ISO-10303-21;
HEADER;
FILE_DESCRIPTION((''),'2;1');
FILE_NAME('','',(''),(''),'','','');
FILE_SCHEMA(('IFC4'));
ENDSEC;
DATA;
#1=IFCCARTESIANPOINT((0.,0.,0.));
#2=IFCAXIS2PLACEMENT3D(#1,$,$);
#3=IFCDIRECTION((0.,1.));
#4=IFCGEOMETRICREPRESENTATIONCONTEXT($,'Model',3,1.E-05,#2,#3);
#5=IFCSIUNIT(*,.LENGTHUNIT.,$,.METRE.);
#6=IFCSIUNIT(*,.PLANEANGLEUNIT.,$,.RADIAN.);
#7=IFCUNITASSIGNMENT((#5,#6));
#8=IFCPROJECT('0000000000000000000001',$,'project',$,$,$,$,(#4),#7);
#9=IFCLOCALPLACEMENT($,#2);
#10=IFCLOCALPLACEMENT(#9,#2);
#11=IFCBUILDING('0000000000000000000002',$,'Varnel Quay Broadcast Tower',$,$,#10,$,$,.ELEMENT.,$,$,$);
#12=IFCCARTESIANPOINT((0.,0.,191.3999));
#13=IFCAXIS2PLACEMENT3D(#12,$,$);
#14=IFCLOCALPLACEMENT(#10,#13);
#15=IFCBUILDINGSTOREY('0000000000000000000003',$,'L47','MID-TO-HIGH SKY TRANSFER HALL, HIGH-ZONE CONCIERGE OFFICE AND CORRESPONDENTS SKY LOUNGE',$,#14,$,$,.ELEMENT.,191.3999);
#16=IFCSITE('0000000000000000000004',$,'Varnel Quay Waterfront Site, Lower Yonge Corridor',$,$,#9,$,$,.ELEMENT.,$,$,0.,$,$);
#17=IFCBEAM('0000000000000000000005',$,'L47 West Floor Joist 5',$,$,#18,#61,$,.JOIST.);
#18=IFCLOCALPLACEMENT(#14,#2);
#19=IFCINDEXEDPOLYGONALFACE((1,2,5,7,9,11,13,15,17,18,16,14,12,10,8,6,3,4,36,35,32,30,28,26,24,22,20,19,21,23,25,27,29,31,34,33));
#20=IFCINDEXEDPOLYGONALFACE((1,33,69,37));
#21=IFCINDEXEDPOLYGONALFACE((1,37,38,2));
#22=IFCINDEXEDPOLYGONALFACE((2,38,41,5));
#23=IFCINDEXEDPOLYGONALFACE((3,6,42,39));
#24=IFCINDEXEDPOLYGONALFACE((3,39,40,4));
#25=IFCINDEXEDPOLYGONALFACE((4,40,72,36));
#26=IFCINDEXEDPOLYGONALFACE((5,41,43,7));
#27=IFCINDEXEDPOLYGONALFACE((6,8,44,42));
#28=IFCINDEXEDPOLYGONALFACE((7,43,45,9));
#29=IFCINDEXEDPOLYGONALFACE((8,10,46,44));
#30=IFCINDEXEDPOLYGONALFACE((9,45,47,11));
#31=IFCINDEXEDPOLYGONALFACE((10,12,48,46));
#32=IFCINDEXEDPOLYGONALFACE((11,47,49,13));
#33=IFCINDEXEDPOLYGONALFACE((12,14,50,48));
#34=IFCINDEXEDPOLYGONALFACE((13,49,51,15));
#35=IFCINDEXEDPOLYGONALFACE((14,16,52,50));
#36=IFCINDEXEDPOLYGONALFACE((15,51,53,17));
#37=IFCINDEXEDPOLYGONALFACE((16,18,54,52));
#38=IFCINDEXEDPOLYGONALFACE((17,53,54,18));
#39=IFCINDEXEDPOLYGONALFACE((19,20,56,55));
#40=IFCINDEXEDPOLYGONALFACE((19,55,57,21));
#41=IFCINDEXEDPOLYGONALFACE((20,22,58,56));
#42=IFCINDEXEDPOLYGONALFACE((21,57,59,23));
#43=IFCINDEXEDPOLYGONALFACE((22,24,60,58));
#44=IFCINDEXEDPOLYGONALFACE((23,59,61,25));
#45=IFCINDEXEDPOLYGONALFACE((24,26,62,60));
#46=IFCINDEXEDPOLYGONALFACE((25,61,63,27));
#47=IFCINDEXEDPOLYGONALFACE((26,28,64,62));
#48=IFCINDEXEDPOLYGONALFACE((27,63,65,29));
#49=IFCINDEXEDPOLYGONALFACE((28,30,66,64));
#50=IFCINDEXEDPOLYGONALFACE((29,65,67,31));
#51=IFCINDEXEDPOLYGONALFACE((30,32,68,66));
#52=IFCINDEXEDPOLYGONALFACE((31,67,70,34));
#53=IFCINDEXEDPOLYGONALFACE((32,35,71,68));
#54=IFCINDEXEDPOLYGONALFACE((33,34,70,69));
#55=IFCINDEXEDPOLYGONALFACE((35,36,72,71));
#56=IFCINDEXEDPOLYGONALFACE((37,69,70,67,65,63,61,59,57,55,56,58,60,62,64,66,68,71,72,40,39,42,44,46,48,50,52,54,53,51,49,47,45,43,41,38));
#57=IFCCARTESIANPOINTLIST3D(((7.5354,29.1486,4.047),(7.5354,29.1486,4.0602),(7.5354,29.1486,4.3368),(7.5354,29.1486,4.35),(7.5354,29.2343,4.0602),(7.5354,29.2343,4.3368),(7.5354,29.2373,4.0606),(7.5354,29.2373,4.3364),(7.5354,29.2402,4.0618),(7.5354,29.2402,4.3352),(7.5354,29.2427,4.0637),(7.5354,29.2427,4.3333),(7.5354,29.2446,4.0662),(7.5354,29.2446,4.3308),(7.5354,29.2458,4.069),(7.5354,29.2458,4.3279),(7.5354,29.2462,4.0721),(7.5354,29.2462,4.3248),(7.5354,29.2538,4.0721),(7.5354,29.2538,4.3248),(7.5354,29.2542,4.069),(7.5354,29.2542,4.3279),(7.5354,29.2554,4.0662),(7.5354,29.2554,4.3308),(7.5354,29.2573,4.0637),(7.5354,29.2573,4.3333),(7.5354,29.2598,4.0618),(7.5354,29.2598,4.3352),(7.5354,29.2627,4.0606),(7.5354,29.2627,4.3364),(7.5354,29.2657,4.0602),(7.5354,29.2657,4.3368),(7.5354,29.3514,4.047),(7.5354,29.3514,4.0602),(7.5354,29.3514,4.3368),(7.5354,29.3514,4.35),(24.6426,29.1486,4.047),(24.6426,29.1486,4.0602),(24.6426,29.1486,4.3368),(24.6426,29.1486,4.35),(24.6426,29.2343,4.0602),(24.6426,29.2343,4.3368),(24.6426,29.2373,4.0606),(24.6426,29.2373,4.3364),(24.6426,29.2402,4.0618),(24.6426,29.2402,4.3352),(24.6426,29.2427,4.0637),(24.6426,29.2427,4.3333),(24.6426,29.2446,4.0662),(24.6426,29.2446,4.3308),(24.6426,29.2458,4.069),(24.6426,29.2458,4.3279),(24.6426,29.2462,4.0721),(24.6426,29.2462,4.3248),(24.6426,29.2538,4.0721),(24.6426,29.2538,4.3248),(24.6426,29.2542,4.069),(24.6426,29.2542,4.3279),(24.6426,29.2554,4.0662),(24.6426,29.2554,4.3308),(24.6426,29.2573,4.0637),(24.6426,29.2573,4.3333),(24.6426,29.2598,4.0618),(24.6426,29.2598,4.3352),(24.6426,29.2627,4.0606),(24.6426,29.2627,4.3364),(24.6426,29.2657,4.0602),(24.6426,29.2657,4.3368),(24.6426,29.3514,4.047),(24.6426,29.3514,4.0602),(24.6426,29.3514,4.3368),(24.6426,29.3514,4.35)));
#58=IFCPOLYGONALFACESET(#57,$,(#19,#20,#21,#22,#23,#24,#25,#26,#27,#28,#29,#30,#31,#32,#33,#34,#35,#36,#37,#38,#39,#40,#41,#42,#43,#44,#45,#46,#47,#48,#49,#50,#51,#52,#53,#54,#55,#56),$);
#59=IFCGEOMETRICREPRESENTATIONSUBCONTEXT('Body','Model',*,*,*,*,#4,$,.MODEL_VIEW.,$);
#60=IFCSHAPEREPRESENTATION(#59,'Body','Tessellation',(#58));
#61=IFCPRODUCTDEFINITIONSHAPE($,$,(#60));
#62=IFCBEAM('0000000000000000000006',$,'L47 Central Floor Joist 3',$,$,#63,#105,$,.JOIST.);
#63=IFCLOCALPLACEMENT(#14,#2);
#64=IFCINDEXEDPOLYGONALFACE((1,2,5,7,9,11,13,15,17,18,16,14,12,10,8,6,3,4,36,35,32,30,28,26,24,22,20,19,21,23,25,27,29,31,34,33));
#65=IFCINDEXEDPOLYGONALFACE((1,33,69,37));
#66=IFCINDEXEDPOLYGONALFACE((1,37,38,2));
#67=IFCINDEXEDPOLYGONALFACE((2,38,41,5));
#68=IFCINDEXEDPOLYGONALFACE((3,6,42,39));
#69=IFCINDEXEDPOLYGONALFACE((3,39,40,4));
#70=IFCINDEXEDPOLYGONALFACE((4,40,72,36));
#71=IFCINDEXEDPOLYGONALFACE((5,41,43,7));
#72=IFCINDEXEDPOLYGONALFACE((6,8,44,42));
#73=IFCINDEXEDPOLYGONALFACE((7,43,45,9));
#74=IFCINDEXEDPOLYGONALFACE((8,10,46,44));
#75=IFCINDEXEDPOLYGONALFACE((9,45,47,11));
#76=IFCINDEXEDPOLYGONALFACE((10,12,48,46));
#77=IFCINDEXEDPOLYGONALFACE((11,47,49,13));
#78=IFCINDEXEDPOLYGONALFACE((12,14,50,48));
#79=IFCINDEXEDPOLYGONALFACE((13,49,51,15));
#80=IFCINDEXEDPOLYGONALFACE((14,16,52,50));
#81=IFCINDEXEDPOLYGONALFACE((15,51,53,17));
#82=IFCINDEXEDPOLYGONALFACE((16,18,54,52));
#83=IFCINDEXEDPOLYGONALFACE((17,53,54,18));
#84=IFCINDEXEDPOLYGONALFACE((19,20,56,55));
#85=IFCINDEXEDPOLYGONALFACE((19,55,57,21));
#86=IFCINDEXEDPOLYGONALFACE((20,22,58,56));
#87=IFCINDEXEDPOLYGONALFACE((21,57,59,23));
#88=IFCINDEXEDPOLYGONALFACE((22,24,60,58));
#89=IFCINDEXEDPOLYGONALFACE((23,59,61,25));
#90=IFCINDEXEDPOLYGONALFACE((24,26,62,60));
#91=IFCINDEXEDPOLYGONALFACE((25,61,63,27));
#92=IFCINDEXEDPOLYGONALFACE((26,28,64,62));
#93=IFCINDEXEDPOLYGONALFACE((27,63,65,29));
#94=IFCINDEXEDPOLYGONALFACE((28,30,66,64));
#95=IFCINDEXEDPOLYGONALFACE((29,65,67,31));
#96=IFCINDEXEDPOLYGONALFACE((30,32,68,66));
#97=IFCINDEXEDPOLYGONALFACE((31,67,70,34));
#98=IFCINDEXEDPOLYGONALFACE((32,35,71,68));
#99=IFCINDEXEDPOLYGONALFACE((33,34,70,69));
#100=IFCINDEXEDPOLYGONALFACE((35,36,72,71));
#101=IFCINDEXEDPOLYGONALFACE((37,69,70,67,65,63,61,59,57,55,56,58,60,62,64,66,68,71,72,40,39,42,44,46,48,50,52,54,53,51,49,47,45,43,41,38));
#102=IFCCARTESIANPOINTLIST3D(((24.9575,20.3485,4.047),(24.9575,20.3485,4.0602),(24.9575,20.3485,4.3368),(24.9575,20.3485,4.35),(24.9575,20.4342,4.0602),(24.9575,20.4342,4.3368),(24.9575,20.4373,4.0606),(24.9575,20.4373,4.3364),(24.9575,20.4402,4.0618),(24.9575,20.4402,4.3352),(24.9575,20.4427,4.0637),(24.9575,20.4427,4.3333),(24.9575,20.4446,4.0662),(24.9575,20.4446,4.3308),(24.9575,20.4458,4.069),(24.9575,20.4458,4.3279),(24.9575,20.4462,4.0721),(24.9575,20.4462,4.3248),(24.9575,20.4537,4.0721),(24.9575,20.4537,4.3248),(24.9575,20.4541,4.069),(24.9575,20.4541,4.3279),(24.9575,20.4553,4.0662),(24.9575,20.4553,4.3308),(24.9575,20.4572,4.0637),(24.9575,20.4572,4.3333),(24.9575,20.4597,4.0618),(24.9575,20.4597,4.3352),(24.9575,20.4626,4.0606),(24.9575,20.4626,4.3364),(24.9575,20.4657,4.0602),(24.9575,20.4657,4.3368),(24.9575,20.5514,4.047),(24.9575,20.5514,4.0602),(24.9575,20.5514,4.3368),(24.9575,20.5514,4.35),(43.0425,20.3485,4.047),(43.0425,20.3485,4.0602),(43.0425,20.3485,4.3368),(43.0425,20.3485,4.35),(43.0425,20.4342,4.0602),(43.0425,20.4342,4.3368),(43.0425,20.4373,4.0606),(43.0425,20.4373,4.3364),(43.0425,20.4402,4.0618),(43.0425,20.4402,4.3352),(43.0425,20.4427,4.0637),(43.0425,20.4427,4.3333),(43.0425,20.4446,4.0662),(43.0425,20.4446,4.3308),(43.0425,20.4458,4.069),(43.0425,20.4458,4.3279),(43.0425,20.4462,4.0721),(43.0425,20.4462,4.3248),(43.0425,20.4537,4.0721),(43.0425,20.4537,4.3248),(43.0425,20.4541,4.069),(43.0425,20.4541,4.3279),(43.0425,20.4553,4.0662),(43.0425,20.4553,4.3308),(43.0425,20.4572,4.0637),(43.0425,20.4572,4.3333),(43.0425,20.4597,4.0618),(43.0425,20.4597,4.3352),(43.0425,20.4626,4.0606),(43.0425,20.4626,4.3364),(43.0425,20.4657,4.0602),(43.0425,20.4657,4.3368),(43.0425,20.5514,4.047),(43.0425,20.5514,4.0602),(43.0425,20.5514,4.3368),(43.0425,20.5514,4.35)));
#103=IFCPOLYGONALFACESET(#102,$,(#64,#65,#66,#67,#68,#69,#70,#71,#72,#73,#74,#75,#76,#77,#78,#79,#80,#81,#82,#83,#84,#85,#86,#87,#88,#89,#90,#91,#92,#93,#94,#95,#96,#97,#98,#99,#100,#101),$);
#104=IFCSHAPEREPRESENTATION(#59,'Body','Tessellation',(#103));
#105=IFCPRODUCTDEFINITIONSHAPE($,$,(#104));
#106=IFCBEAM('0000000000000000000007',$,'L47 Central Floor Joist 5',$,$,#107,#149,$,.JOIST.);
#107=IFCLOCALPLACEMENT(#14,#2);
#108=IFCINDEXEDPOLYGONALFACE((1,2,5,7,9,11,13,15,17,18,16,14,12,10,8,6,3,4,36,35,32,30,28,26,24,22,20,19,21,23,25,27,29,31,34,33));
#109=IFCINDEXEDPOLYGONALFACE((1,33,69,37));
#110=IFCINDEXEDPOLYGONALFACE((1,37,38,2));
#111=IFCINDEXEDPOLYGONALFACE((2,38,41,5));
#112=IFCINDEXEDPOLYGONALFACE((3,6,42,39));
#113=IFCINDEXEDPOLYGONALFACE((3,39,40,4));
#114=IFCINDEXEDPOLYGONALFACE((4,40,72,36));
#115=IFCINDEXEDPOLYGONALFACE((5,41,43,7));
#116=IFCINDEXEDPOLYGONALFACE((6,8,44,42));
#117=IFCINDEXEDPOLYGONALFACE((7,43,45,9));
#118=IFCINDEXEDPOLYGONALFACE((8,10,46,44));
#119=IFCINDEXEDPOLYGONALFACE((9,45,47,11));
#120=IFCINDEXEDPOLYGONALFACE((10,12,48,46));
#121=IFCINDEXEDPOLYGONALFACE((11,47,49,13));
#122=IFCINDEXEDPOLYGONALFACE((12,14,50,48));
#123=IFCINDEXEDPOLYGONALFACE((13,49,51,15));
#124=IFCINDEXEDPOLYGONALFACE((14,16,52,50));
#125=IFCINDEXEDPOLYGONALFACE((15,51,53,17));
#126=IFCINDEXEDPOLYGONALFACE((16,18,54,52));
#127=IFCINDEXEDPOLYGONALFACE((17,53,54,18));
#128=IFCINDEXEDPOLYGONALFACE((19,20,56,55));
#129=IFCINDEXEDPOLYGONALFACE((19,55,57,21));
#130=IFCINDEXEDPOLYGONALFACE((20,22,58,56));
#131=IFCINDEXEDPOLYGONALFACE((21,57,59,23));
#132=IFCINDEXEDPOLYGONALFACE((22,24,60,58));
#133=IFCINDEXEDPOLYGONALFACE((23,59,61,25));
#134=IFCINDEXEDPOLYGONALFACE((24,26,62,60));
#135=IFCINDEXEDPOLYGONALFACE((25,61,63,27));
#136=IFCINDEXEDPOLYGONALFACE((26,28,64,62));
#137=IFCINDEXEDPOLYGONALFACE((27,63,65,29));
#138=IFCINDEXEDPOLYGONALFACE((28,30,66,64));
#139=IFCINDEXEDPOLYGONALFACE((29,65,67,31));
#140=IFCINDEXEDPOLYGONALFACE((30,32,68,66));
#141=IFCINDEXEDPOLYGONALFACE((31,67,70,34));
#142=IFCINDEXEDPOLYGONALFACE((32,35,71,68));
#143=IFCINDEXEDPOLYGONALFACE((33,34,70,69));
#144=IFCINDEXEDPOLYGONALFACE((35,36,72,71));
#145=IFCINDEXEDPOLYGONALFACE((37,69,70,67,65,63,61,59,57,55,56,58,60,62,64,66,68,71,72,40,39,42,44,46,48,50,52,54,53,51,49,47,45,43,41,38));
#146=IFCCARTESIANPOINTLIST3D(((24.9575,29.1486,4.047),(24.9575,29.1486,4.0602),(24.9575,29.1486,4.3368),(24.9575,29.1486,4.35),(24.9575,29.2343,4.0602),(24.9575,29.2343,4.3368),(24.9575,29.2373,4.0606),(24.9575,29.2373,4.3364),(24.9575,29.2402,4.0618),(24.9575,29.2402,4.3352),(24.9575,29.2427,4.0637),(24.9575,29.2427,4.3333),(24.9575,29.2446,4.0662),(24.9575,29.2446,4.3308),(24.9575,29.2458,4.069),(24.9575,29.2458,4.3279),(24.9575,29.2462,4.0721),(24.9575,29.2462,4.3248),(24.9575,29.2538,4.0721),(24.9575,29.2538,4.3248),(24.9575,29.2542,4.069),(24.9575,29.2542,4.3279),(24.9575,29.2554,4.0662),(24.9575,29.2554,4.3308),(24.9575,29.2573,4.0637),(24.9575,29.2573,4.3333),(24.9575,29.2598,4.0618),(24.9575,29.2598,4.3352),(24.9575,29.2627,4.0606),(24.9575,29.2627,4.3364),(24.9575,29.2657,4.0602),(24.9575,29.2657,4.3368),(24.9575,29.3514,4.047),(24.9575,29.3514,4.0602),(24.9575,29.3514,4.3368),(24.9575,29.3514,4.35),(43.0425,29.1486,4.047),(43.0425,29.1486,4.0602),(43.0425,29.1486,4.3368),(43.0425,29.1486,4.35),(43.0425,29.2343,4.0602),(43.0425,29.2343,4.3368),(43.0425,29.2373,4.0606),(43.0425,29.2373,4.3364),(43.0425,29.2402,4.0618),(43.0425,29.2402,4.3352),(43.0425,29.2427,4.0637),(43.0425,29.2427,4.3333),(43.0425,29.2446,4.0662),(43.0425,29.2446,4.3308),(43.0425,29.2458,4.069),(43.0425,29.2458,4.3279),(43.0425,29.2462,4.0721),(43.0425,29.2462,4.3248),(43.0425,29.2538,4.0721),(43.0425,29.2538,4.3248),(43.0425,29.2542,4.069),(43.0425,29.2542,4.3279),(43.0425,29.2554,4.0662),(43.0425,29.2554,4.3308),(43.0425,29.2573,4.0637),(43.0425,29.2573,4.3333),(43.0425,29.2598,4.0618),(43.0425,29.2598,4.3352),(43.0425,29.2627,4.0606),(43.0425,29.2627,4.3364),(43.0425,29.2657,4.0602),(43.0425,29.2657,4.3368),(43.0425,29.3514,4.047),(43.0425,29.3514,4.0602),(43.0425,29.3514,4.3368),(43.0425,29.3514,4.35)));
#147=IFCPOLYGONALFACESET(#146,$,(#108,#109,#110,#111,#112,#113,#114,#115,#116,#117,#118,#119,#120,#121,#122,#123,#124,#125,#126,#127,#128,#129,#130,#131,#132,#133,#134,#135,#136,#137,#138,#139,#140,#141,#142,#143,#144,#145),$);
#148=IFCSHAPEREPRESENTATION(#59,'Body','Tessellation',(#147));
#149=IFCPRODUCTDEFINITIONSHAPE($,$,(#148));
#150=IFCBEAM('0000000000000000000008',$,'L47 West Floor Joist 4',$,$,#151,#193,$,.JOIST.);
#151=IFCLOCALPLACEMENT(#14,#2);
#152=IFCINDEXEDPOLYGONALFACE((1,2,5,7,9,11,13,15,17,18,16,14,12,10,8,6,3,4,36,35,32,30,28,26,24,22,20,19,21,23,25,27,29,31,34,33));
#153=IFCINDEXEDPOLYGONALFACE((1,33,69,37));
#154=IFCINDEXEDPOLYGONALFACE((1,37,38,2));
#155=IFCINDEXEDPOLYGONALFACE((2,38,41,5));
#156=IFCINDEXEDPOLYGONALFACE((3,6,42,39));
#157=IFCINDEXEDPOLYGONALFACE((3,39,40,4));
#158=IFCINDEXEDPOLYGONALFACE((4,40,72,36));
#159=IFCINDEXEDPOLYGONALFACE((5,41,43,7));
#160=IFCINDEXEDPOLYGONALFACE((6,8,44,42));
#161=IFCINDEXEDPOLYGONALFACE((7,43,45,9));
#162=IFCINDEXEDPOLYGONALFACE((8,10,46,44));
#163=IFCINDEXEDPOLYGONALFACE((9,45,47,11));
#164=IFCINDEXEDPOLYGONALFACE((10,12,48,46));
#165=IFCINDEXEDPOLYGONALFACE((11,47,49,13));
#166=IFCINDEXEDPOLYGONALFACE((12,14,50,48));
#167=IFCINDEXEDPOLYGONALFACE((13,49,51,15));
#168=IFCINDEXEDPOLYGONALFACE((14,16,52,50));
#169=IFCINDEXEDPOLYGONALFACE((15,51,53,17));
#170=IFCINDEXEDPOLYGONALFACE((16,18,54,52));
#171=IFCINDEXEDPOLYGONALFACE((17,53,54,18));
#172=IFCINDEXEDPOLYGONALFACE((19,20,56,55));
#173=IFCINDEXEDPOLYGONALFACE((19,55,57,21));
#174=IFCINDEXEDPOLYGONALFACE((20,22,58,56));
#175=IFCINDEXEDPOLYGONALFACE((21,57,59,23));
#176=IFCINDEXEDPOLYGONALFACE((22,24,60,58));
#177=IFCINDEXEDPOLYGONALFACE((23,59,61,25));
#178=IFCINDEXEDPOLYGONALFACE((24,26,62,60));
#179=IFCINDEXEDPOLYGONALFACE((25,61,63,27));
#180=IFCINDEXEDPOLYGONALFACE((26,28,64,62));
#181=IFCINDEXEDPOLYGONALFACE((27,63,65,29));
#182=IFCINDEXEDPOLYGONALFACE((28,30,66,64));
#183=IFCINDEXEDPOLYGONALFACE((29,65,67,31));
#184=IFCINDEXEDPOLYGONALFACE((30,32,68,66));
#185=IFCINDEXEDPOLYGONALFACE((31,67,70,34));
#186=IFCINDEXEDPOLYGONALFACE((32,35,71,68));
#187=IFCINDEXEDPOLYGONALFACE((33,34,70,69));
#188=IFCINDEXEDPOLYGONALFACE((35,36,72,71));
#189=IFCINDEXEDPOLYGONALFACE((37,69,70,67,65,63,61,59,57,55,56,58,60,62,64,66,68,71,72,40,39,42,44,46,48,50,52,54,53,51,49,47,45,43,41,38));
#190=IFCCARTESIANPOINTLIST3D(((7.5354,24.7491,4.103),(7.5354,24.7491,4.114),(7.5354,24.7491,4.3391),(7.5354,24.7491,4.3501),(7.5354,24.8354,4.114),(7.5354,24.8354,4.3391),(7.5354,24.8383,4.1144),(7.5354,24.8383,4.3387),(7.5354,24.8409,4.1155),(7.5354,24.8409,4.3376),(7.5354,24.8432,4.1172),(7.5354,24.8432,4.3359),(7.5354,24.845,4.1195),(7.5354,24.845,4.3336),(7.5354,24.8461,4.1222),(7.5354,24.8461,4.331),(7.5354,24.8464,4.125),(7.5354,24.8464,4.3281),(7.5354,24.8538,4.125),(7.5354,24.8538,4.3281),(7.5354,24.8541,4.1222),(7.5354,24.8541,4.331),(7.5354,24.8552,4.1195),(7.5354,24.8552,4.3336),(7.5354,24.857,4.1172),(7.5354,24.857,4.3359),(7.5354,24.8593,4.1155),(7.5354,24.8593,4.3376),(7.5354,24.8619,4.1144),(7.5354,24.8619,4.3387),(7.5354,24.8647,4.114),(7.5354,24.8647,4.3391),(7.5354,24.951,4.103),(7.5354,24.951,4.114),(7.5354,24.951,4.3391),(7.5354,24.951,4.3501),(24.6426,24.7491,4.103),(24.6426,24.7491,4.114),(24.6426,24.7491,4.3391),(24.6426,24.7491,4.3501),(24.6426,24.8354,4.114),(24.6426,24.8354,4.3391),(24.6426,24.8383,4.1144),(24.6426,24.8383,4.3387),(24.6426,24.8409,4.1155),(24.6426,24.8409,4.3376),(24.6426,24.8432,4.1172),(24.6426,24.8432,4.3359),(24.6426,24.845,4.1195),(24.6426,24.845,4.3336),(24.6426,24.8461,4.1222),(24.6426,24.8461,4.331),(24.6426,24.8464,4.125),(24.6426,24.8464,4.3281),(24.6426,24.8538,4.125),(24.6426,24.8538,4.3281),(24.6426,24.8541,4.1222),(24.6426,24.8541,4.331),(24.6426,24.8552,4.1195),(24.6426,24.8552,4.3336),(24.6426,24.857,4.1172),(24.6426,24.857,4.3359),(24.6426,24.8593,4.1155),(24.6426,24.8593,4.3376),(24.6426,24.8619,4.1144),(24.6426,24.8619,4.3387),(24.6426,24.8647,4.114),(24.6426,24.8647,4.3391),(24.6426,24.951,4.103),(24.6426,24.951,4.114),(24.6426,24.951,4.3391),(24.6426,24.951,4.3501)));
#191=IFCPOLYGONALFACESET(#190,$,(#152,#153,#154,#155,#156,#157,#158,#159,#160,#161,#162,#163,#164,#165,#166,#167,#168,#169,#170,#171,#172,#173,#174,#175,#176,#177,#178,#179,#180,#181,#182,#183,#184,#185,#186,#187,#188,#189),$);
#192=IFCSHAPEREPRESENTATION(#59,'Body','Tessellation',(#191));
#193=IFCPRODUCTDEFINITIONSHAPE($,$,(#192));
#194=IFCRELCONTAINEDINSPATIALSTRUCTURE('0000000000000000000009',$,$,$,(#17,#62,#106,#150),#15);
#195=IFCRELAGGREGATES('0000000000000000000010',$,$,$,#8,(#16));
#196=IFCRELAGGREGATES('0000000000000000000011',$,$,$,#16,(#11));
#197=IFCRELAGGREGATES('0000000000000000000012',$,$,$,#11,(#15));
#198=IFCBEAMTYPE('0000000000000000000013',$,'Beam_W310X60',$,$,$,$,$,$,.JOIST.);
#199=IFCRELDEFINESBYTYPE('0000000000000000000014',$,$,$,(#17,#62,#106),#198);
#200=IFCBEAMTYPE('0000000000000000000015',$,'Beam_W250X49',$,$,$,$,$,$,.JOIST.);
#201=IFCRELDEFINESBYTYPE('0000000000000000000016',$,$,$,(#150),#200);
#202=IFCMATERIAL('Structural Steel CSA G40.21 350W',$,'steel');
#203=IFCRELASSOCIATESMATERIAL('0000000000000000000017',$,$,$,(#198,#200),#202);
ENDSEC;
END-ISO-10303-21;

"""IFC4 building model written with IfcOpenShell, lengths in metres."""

from ifc_helpers import new_model, si_unit, direction, frame, origin, origin_2d, place, context, subcontext, project, spatial, i_section, extrude, source, transform, mapped, material, material_profile, profile_set, type_object, element, save


model = new_model("IFC4")

# Units and contexts
model_context = context("Model", 3, precision=1e-05, world=origin(), true_north=direction((0.0, 1.0)))
body_context = subcontext(model_context, "Body", "Model", "MODEL_VIEW")
ifc_project = project(units=[si_unit("LENGTHUNIT", "METRE"), si_unit("PLANEANGLEUNIT", "RADIAN")], contexts=[model_context])

# Site, building, storey
site_placement = place(None, origin())
site = spatial("IfcSite", under=ifc_project, at=site_placement, Name="Varnel Quay Waterfront Site, Lower Yonge Corridor", CompositionType="ELEMENT", RefElevation=0.0)
building_placement = place(site_placement, origin())
building = spatial("IfcBuilding", under=site, at=building_placement, Name="Varnel Quay Broadcast Tower", CompositionType="ELEMENT")
storey_placement = place(building_placement, frame((0.0, 0.0, 191.3999)))
storey = spatial("IfcBuildingStorey", under=building, at=storey_placement, Name="L47", Description="MID-TO-HIGH SKY TRANSFER HALL, HIGH-ZONE CONCIERGE OFFICE AND CORRESPONDENTS SKY LOUNGE", CompositionType="ELEMENT", Elevation=191.3999)

# Shared definitions
ifc_material_1 = material(Name="Structural Steel CSA G40.21 350W", Category="steel")

# Beams
ifc_material_profile_1 = material_profile(ifc_material_1, i_section(OverallWidth=0.2029, OverallDepth=0.303, WebThickness=0.0076, FlangeThickness=0.0132, FilletRadius=0.012, at=origin_2d()), Name="W310X60")
ifc_profile_set_1 = profile_set([ifc_material_profile_1], Name="Structural Steel CSA G40.21 350W")
beam_type_1 = type_object("IfcBeamType", Name="Beam_W310X60", PredefinedType="JOIST", material=ifc_profile_set_1)
shared_shape_1 = source(origin(), body_context, "Body", "SweptSolid", [
    extrude(i_section(OverallWidth=0.2029, OverallDepth=0.303, WebThickness=0.0076, FlangeThickness=0.0132, FilletRadius=0.012, at=origin_2d()), origin(), (0.0, 0.0, 1.0), 17.1072),
])
for number, where, z_axis, x_axis, name in (
    (1, (7.5354, 29.25, 4.1985), (1.0, 0.0, 0.0), (0.0, 1.0, 0.0), "L47 West Floor Joist 5"),
):
    element("IfcBeam", number, at=place(storey_placement, frame(where, z_axis=z_axis, x_axis=x_axis)), inside=storey, type_object=beam_type_1, Name=name, PredefinedType="JOIST", context=body_context, shape_type="MappedRepresentation", body=[
        mapped(shared_shape_1, transform((0.0, 0.0, 0.0), x_axis=(1.0, 0.0, 0.0), y_axis=(0.0, 1.0, 0.0), z_axis=(0.0, 0.0, 1.0), scale=1.0)),
    ])
shared_shape_2 = source(origin(), body_context, "Body", "SweptSolid", [
    extrude(i_section(OverallWidth=0.2029, OverallDepth=0.303, WebThickness=0.0076, FlangeThickness=0.0132, FilletRadius=0.012, at=origin_2d()), origin(), (0.0, 0.0, 1.0), 18.085),
])
for number, where, z_axis, x_axis, name in (
    (2, (24.9575, 20.45, 4.1985), (1.0, 0.0, 0.0), (0.0, 1.0, 0.0), "L47 Central Floor Joist 3"),
    (3, (24.9575, 29.25, 4.1985), (1.0, 0.0, 0.0), (0.0, 1.0, 0.0), "L47 Central Floor Joist 5"),
):
    element("IfcBeam", number, at=place(storey_placement, frame(where, z_axis=z_axis, x_axis=x_axis)), inside=storey, type_object=beam_type_1, Name=name, PredefinedType="JOIST", context=body_context, shape_type="MappedRepresentation", body=[
        mapped(shared_shape_2, transform((0.0, 0.0, 0.0), x_axis=(1.0, 0.0, 0.0), y_axis=(0.0, 1.0, 0.0), z_axis=(0.0, 0.0, 1.0), scale=1.0)),
    ])
ifc_material_profile_2 = material_profile(ifc_material_1, i_section(OverallWidth=0.2019, OverallDepth=0.2471, WebThickness=0.0073, FlangeThickness=0.011, FilletRadius=0.011, at=origin_2d()), Name="W250X49")
ifc_profile_set_2 = profile_set([ifc_material_profile_2], Name="Structural Steel CSA G40.21 350W")
beam_type_2 = type_object("IfcBeamType", Name="Beam_W250X49", PredefinedType="JOIST", material=ifc_profile_set_2)
shared_shape_3 = source(origin(), body_context, "Body", "SweptSolid", [
    extrude(i_section(OverallWidth=0.2019, OverallDepth=0.2471, WebThickness=0.0073, FlangeThickness=0.011, FilletRadius=0.011, at=origin_2d()), origin(), (0.0, 0.0, 1.0), 17.1072),
])
beam_1_placement = place(storey_placement, frame((7.5354, 24.8501, 4.2266), z_axis=(1.0, 0.0, 0.0), x_axis=(0.0, 1.0, 0.0)))
element("IfcBeam", 4, at=beam_1_placement, inside=storey, type_object=beam_type_2, Name="L47 West Floor Joist 4", PredefinedType="JOIST", context=body_context, shape_type="MappedRepresentation", body=[
    mapped(shared_shape_3, transform((0.0, 0.0, 0.0), x_axis=(1.0, 0.0, 0.0), y_axis=(0.0, 1.0, 0.0), z_axis=(0.0, 0.0, 1.0), scale=1.0)),
])

save(model, "model.ifc")
